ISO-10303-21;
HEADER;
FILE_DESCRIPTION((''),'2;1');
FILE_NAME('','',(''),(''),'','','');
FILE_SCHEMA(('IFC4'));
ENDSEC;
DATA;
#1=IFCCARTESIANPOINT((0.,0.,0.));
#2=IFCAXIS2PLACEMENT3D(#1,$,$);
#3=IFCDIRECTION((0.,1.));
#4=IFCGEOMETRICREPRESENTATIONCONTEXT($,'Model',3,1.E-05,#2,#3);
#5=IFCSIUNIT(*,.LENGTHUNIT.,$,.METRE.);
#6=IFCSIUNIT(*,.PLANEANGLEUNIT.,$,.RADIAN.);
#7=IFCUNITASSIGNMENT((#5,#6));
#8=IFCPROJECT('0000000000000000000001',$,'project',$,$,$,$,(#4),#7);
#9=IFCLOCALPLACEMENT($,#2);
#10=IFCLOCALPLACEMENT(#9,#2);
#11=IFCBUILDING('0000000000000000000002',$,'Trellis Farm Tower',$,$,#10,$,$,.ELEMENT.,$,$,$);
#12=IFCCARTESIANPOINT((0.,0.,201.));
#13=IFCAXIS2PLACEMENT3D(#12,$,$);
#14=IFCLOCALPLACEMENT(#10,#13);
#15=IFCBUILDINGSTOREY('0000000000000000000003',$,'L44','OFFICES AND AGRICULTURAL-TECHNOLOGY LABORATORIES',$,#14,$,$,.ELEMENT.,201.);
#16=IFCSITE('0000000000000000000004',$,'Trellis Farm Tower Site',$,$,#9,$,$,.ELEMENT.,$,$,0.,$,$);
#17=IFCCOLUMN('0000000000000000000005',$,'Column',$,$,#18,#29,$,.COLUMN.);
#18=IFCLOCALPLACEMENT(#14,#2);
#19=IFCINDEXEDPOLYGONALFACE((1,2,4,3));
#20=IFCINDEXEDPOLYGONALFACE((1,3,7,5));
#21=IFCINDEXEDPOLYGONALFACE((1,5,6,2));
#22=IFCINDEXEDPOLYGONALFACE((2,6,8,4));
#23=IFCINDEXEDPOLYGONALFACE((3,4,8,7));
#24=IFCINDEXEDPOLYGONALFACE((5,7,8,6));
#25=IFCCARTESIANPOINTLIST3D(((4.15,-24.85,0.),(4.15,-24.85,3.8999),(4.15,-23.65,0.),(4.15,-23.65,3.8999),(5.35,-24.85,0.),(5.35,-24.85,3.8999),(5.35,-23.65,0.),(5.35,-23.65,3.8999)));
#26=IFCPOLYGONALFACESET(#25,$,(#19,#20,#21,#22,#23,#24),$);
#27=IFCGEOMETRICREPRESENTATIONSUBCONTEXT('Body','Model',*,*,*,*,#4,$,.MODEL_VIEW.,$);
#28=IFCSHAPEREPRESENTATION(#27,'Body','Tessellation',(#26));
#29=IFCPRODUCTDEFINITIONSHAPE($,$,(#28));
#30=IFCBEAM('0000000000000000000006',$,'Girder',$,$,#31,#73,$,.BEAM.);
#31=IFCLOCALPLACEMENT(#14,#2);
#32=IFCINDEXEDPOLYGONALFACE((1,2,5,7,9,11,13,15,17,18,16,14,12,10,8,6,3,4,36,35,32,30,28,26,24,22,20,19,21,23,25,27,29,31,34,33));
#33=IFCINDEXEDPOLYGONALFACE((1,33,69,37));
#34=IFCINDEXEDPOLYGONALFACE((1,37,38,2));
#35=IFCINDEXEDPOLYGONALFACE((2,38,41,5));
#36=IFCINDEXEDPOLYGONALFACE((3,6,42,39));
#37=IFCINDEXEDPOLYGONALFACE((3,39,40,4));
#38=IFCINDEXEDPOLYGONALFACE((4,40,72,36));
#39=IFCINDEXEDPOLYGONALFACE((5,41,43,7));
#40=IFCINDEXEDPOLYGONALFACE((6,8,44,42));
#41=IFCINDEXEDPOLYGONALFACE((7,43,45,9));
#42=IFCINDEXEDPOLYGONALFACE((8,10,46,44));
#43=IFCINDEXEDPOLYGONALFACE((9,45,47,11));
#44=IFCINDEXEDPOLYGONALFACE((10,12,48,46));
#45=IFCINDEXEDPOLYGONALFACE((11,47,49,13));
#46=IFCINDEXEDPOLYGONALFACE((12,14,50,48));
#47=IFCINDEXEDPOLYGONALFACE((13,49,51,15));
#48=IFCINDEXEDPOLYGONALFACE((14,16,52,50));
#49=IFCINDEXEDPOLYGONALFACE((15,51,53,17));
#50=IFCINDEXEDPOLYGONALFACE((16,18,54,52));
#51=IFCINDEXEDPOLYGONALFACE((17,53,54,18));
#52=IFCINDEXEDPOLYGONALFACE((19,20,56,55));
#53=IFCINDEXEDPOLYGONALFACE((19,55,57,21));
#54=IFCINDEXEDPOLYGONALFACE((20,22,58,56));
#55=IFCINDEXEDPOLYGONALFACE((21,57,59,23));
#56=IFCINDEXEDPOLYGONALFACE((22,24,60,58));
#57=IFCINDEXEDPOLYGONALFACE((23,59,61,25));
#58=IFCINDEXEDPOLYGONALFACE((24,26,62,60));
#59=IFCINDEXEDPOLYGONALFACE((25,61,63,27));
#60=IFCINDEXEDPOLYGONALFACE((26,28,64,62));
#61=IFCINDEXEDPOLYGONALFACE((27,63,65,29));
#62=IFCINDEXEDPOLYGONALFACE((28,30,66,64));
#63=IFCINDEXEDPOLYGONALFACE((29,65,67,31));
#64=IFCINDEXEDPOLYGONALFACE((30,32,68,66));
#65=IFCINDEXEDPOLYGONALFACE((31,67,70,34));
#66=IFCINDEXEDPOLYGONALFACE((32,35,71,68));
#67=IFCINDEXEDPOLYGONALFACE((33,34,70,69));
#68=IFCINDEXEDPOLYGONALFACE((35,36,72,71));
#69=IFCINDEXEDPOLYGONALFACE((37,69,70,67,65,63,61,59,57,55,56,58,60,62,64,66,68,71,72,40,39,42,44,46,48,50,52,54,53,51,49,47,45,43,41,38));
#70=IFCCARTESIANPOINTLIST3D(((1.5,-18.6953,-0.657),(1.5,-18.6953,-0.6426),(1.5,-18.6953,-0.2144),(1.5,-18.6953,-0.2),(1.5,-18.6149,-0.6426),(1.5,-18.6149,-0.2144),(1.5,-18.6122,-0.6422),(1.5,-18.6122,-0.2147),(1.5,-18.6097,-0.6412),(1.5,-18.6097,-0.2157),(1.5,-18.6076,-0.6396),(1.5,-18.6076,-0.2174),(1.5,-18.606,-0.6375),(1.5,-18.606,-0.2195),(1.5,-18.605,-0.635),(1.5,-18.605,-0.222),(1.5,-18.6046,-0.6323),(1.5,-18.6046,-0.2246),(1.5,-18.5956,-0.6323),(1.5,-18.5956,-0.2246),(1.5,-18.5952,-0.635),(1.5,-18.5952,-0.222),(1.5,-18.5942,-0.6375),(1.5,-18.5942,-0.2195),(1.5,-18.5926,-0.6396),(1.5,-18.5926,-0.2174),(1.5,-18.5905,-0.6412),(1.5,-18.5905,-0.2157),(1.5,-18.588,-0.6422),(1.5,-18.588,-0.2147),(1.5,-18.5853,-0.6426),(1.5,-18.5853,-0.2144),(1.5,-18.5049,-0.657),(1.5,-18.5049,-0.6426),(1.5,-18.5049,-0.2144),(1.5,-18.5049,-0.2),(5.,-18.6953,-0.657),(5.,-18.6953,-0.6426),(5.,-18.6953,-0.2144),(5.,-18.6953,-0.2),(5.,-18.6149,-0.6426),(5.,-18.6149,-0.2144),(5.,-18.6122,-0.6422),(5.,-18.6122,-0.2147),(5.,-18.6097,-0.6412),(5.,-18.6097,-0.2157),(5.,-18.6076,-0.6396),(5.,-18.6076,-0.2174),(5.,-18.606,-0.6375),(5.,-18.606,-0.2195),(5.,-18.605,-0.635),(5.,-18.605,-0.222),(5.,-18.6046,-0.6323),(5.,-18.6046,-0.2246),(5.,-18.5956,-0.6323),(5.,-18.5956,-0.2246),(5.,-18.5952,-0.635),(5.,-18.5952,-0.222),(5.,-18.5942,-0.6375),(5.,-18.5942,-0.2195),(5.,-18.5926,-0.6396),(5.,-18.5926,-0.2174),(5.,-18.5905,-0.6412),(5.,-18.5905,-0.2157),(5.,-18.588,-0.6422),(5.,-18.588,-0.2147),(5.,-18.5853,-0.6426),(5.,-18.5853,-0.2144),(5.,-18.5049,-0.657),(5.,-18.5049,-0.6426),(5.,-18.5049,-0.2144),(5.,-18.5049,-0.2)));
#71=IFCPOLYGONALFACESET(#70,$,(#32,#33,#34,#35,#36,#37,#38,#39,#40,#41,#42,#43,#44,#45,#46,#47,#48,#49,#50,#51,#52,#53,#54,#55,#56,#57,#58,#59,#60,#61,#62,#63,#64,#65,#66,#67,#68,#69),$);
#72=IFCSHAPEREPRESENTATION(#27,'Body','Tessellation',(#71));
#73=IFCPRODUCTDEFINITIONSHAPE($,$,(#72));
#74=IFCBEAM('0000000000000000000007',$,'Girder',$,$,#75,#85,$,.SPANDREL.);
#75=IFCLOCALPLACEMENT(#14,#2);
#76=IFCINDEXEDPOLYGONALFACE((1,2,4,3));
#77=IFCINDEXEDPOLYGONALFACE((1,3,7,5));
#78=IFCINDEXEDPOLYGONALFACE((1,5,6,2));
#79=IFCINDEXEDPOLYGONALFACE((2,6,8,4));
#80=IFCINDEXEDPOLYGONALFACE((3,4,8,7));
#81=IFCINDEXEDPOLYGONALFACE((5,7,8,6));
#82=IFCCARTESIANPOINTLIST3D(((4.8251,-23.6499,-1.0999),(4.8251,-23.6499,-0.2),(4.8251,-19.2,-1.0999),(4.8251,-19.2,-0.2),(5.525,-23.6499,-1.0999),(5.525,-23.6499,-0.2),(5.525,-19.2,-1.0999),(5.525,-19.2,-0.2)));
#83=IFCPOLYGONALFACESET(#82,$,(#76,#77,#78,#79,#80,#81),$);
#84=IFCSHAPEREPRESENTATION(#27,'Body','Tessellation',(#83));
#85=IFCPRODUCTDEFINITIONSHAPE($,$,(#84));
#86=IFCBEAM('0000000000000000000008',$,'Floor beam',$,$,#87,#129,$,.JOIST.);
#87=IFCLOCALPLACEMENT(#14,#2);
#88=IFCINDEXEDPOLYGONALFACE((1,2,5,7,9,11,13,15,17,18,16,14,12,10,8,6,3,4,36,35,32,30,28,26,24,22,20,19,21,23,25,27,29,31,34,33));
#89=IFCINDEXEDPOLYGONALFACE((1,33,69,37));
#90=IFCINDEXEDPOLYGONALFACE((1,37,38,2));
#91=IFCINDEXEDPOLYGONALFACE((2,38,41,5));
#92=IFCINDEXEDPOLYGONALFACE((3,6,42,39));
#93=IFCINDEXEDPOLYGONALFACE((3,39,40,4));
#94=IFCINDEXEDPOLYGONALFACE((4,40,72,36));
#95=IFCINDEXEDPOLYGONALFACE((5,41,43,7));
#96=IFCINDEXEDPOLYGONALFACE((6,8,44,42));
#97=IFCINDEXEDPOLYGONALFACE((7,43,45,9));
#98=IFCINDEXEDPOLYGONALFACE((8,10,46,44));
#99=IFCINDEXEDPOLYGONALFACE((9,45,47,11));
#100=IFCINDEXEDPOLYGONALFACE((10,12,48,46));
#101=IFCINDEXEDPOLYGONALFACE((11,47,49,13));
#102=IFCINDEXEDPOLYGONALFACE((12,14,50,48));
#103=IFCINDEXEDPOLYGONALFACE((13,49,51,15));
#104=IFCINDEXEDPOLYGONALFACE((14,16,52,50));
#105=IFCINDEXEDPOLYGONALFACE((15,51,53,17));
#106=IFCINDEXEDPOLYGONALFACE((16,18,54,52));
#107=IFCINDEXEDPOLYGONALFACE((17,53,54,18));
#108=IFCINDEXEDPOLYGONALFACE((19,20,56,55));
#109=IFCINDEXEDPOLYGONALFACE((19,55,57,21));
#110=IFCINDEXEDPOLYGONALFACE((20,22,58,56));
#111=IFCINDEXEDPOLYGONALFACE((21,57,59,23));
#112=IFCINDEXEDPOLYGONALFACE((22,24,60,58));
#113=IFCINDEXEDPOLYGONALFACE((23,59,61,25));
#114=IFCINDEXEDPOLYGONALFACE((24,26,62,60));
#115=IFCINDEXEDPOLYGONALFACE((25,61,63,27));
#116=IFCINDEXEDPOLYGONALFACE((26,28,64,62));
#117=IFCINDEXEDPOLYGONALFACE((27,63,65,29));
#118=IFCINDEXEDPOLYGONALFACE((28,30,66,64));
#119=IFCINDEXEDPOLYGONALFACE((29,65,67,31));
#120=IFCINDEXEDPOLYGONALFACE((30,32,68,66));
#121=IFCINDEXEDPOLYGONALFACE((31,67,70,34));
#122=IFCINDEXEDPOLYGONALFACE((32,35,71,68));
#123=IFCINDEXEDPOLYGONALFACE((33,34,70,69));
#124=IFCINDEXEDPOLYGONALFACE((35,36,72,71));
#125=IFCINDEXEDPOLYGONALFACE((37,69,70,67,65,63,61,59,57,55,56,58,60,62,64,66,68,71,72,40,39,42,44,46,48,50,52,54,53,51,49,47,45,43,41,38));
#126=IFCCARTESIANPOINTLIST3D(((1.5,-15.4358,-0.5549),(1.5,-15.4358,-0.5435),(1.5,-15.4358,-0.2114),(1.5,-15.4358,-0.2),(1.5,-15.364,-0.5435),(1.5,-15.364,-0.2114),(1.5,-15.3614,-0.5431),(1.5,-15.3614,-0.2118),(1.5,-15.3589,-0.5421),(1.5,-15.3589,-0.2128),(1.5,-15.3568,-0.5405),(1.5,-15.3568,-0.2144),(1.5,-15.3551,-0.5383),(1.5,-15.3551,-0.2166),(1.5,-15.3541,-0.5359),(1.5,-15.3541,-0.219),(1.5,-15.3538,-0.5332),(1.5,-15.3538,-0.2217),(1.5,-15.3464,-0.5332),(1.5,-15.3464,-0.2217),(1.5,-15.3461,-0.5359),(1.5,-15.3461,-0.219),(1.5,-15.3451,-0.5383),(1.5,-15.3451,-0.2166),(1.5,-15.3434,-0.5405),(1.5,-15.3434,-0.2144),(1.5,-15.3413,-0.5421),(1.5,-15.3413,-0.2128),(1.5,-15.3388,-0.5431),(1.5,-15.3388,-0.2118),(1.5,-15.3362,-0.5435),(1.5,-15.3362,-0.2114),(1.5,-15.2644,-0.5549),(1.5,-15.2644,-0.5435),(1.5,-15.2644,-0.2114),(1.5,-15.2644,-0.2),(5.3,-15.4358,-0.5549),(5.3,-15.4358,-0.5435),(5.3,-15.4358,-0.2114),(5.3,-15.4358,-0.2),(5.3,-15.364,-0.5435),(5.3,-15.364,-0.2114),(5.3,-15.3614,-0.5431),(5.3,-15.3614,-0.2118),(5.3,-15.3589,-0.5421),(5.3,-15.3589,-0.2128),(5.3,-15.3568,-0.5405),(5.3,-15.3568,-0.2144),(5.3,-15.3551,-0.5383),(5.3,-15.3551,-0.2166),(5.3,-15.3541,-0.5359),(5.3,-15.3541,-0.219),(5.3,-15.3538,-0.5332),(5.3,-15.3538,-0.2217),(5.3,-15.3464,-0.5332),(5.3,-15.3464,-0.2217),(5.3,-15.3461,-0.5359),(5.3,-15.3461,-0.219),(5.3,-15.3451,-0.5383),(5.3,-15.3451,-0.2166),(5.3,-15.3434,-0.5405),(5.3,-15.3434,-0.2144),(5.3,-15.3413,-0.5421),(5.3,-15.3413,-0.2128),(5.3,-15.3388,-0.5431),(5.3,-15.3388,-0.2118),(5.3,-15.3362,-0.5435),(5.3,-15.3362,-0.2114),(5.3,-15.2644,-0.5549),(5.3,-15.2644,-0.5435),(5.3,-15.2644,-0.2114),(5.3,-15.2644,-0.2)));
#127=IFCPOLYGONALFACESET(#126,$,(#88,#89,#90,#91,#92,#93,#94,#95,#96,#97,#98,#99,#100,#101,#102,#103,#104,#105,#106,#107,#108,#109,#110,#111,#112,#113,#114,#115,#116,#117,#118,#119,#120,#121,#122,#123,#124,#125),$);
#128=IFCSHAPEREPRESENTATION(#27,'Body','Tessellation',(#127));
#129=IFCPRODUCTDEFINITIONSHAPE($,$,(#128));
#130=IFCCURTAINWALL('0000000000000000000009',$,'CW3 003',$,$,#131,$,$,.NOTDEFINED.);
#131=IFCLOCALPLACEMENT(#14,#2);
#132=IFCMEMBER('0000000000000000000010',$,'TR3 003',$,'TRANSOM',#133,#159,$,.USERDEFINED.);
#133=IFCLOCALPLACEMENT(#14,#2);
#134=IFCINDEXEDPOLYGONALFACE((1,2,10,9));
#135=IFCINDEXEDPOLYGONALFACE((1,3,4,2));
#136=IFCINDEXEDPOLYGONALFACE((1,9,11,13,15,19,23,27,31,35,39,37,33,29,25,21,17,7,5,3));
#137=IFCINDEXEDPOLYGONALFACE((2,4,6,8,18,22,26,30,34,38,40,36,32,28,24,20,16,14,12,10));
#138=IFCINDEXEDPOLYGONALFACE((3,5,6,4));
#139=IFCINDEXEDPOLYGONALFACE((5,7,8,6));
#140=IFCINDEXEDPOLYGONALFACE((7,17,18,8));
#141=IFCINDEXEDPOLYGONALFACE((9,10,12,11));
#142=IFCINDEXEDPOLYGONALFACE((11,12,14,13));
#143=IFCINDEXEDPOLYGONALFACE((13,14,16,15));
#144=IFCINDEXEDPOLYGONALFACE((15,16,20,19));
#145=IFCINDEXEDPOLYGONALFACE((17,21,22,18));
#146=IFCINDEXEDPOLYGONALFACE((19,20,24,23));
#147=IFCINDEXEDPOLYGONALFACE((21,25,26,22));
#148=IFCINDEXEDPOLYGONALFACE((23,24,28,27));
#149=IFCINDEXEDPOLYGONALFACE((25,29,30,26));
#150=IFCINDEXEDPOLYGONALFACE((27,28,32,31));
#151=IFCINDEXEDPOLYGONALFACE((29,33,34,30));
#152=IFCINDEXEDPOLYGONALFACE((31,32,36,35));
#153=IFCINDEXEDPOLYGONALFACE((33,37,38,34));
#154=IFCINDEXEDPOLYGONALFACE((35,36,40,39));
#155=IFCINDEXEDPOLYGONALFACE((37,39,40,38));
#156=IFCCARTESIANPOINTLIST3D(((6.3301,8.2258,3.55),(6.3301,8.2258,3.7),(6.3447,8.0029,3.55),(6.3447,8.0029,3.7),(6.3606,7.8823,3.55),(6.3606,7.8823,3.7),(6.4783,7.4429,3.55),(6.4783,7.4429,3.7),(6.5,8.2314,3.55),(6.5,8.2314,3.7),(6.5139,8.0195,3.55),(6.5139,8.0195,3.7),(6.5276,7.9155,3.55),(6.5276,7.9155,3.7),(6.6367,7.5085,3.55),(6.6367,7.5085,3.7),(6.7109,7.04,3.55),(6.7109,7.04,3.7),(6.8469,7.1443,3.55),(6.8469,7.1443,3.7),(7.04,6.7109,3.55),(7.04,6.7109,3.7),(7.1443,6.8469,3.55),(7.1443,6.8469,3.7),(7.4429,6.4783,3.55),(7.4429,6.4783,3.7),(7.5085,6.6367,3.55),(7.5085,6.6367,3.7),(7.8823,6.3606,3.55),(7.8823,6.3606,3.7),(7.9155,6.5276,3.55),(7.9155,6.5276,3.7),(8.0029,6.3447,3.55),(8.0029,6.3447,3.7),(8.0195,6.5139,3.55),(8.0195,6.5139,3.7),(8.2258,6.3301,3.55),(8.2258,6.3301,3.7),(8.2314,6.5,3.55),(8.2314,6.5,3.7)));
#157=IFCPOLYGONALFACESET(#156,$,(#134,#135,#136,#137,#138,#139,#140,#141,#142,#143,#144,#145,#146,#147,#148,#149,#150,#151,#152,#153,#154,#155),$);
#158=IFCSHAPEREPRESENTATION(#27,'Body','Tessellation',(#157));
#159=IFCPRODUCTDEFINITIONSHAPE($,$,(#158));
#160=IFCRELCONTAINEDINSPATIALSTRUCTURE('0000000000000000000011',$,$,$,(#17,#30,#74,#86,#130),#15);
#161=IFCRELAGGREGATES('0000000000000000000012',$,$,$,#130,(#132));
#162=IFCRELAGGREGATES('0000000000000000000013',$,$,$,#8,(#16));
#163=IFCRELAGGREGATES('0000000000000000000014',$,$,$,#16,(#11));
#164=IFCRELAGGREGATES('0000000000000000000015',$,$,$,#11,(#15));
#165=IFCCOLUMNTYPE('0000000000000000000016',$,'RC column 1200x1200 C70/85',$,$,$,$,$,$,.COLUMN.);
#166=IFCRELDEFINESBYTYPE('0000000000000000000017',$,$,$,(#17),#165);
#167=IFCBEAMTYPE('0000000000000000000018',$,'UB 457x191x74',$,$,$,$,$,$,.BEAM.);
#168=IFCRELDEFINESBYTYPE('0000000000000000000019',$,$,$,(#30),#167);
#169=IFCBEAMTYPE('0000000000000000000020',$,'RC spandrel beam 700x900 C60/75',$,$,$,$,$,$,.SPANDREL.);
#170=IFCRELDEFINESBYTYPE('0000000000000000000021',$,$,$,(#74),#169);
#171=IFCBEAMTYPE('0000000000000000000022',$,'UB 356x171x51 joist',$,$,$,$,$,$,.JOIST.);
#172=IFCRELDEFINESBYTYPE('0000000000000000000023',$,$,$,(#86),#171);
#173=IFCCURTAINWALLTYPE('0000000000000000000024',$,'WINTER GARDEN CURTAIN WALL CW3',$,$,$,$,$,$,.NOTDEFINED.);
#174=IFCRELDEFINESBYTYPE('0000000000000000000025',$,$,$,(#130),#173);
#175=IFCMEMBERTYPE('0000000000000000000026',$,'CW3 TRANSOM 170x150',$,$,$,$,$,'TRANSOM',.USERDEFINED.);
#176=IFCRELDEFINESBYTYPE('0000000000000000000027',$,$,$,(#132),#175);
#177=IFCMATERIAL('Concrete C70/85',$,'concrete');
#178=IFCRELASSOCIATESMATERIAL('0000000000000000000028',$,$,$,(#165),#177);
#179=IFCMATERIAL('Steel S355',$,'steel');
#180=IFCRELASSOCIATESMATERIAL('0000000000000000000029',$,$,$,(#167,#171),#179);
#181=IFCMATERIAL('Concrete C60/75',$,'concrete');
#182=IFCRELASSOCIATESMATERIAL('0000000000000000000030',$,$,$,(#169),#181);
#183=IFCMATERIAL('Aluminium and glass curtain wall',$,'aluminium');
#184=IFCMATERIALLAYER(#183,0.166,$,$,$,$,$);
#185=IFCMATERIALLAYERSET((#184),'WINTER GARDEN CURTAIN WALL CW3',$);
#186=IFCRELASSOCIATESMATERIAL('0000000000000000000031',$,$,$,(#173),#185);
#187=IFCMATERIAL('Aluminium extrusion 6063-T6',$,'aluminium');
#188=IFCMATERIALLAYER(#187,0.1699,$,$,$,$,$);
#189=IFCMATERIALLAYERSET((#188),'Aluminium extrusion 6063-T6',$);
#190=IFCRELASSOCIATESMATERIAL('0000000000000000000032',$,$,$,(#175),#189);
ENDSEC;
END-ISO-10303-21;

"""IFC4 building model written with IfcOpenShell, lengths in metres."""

from ifc_helpers import new_model, si_unit, direction, frame, origin, origin_2d, place, context, subcontext, project, spatial, polyline, rectangle, i_section, outline, extrude, source, transform, mapped, material, layer, layer_set, material_profile, profile_set, type_object, element, aggregate, save


model = new_model("IFC4")

# Units and contexts
model_context = context("Model", 3, precision=1e-05, world=origin(), true_north=direction((0.0, 1.0)))
body_context = subcontext(model_context, "Body", "Model", "MODEL_VIEW")
ifc_project = project(units=[si_unit("LENGTHUNIT", "METRE"), si_unit("PLANEANGLEUNIT", "RADIAN")], contexts=[model_context])

# Site, building, storey
site_placement = place(None, origin())
site = spatial("IfcSite", under=ifc_project, at=site_placement, Name="Trellis Farm Tower Site", CompositionType="ELEMENT", RefElevation=0.0)
building_placement = place(site_placement, origin())
building = spatial("IfcBuilding", under=site, at=building_placement, Name="Trellis Farm Tower", CompositionType="ELEMENT")
storey_placement = place(building_placement, frame((0.0, 0.0, 201.0)))
storey = spatial("IfcBuildingStorey", under=building, at=storey_placement, Name="L44", Description="OFFICES AND AGRICULTURAL-TECHNOLOGY LABORATORIES", CompositionType="ELEMENT", Elevation=201.0)

# Column
ifc_material_1 = material(Name="Concrete C70/85", Category="concrete")
ifc_material_profile_1 = material_profile(ifc_material_1, rectangle(XDim=1.2, YDim=1.2, at=origin_2d()), Name="RC column 1200x1200 C70/85")
ifc_profile_set_1 = profile_set([ifc_material_profile_1], Name="Concrete C70/85")
column_type = type_object("IfcColumnType", Name="RC column 1200x1200 C70/85", PredefinedType="COLUMN", material=ifc_profile_set_1)
shared_shape_1 = source(origin(), body_context, "Body", "SweptSolid", [
    extrude(rectangle(XDim=1.2, YDim=1.2, at=origin_2d()), origin(), (0.0, 0.0, 1.0), 3.8999),
])
column_placement = place(storey_placement, frame((4.75, -24.25, 0.0), z_axis=(0.0, 0.0, 1.0), x_axis=(1.0, 0.0, 0.0)))
element("IfcColumn", 1, at=column_placement, inside=storey, type_object=column_type, Name="Column", PredefinedType="COLUMN", context=body_context, shape_type="MappedRepresentation", body=[
    mapped(shared_shape_1, transform((0.0, 0.0, 0.0))),
])

# Beams
ifc_material_2 = material(Name="Steel S355", Category="steel")
ifc_material_profile_2 = material_profile(ifc_material_2, i_section(OverallWidth=0.1904, OverallDepth=0.457, WebThickness=0.009, FlangeThickness=0.0144, FilletRadius=0.0103, at=origin_2d()), Name="UB 457x191x74")
ifc_profile_set_2 = profile_set([ifc_material_profile_2], Name="Steel S355")
beam_type_1 = type_object("IfcBeamType", Name="UB 457x191x74", PredefinedType="BEAM", material=ifc_profile_set_2)
shared_shape_2 = source(origin(), body_context, "Body", "SweptSolid", [
    extrude(i_section(OverallWidth=0.1904, OverallDepth=0.457, WebThickness=0.009, FlangeThickness=0.0144, FilletRadius=0.0103, at=origin_2d()), origin(), (0.0, 0.0, 1.0), 3.5),
])
beam_1_placement = place(storey_placement, frame((1.5, -18.6001, -0.4285), z_axis=(1.0, 0.0, 0.0), x_axis=(0.0, 1.0, 0.0)))
element("IfcBeam", 2, at=beam_1_placement, inside=storey, type_object=beam_type_1, Name="Girder", PredefinedType="BEAM", context=body_context, shape_type="MappedRepresentation", body=[
    mapped(shared_shape_2, transform((0.0, 0.0, 0.0))),
])
ifc_material_3 = material(Name="Concrete C60/75", Category="concrete")
ifc_material_profile_3 = material_profile(ifc_material_3, rectangle(XDim=0.7, YDim=0.8999, at=origin_2d()), Name="RC spandrel beam 700x900 C60/75")
ifc_profile_set_3 = profile_set([ifc_material_profile_3], Name="Concrete C60/75")
beam_type_2 = type_object("IfcBeamType", Name="RC spandrel beam 700x900 C60/75", PredefinedType="SPANDREL", material=ifc_profile_set_3)
shared_shape_3 = source(origin(), body_context, "Body", "SweptSolid", [
    extrude(rectangle(XDim=0.7, YDim=0.8999, at=origin_2d()), origin(), (0.0, 0.0, 1.0), 4.45),
])
beam_2_placement = place(storey_placement, frame((5.175, -23.6499, -0.6499), z_axis=(0.0, 1.0, 0.0), x_axis=(-1.0, 0.0, 0.0)))
element("IfcBeam", 3, at=beam_2_placement, inside=storey, type_object=beam_type_2, Name="Girder", PredefinedType="SPANDREL", context=body_context, shape_type="MappedRepresentation", body=[
    mapped(shared_shape_3, transform((0.0, 0.0, 0.0))),
])
ifc_material_profile_4 = material_profile(ifc_material_2, i_section(OverallWidth=0.1714, OverallDepth=0.355, WebThickness=0.0073, FlangeThickness=0.0115, FilletRadius=0.0103, at=origin_2d()), Name="UB 356x171x51")
ifc_profile_set_4 = profile_set([ifc_material_profile_4], Name="Steel S355")
beam_type_3 = type_object("IfcBeamType", Name="UB 356x171x51 joist", PredefinedType="JOIST", material=ifc_profile_set_4)
shared_shape_4 = source(origin(), body_context, "Body", "SweptSolid", [
    extrude(i_section(OverallWidth=0.1714, OverallDepth=0.355, WebThickness=0.0073, FlangeThickness=0.0115, FilletRadius=0.0103, at=origin_2d()), origin(), (0.0, 0.0, 1.0), 3.8),
])
beam_3_placement = place(storey_placement, frame((1.5, -15.3501, -0.3774), z_axis=(1.0, 0.0, 0.0), x_axis=(0.0, 1.0, 0.0)))
element("IfcBeam", 4, at=beam_3_placement, inside=storey, type_object=beam_type_3, Name="Floor beam", PredefinedType="JOIST", context=body_context, shape_type="MappedRepresentation", body=[
    mapped(shared_shape_4, transform((0.0, 0.0, 0.0))),
])

# Curtain wall, member
ifc_material_4 = material(Name="Aluminium and glass curtain wall", Category="aluminium")
ifc_layer_1 = layer(ifc_material_4, 0.166)
ifc_layer_set_1 = layer_set([ifc_layer_1], Name="WINTER GARDEN CURTAIN WALL CW3")
curtain_wall_type_1 = type_object("IfcCurtainWallType", Name="WINTER GARDEN CURTAIN WALL CW3", PredefinedType="NOTDEFINED", material=ifc_layer_set_1)
placement_1 = place(storey_placement, origin())
curtain_wall_1 = element("IfcCurtainWall", 5, at=placement_1, inside=storey, type_object=curtain_wall_type_1, Name="CW3 003", PredefinedType="NOTDEFINED")
ifc_material_5 = material(Name="Aluminium extrusion 6063-T6", Category="aluminium")
ifc_layer_2 = layer(ifc_material_5, 0.1699)
ifc_layer_set_2 = layer_set([ifc_layer_2], Name="Aluminium extrusion 6063-T6")
member_type_1 = type_object("IfcMemberType", Name="CW3 TRANSOM 170x150", ElementType="TRANSOM", PredefinedType="USERDEFINED", material=ifc_layer_set_2)
shared_shape_5 = source(origin(), body_context, "Body", "SweptSolid", [
    extrude(outline(polyline([(8.2314, 6.5), (8.0195, 6.5139), (7.9155, 6.5276), (7.5085, 6.6367), (7.1443, 6.8469), (6.8469, 7.1443), (6.6367, 7.5085), (6.5276, 7.9155), (6.5139, 8.0195), (6.5, 8.2314), (6.3301, 8.2258), (6.3447, 8.0029), (6.3606, 7.8823), (6.4783, 7.4429), (6.7109, 7.04), (7.04, 6.7109), (7.4429, 6.4783), (7.8823, 6.3606), (8.0029, 6.3447), (8.2258, 6.3301), (8.2314, 6.5)])), origin(), (0.0, 0.0, 1.0), 0.1499),
])
member_1_placement = place(storey_placement, frame((0.0, 0.0, 3.55)))
member_1 = element("IfcMember", 6, at=member_1_placement, type_object=member_type_1, Name="TR3 003", ObjectType="TRANSOM", PredefinedType="USERDEFINED", context=body_context, shape_type="MappedRepresentation", body=[
    mapped(shared_shape_5, transform((0.0, 0.0, 0.0))),
])

aggregate(curtain_wall_1, [member_1])

save(model, "model.ifc")
